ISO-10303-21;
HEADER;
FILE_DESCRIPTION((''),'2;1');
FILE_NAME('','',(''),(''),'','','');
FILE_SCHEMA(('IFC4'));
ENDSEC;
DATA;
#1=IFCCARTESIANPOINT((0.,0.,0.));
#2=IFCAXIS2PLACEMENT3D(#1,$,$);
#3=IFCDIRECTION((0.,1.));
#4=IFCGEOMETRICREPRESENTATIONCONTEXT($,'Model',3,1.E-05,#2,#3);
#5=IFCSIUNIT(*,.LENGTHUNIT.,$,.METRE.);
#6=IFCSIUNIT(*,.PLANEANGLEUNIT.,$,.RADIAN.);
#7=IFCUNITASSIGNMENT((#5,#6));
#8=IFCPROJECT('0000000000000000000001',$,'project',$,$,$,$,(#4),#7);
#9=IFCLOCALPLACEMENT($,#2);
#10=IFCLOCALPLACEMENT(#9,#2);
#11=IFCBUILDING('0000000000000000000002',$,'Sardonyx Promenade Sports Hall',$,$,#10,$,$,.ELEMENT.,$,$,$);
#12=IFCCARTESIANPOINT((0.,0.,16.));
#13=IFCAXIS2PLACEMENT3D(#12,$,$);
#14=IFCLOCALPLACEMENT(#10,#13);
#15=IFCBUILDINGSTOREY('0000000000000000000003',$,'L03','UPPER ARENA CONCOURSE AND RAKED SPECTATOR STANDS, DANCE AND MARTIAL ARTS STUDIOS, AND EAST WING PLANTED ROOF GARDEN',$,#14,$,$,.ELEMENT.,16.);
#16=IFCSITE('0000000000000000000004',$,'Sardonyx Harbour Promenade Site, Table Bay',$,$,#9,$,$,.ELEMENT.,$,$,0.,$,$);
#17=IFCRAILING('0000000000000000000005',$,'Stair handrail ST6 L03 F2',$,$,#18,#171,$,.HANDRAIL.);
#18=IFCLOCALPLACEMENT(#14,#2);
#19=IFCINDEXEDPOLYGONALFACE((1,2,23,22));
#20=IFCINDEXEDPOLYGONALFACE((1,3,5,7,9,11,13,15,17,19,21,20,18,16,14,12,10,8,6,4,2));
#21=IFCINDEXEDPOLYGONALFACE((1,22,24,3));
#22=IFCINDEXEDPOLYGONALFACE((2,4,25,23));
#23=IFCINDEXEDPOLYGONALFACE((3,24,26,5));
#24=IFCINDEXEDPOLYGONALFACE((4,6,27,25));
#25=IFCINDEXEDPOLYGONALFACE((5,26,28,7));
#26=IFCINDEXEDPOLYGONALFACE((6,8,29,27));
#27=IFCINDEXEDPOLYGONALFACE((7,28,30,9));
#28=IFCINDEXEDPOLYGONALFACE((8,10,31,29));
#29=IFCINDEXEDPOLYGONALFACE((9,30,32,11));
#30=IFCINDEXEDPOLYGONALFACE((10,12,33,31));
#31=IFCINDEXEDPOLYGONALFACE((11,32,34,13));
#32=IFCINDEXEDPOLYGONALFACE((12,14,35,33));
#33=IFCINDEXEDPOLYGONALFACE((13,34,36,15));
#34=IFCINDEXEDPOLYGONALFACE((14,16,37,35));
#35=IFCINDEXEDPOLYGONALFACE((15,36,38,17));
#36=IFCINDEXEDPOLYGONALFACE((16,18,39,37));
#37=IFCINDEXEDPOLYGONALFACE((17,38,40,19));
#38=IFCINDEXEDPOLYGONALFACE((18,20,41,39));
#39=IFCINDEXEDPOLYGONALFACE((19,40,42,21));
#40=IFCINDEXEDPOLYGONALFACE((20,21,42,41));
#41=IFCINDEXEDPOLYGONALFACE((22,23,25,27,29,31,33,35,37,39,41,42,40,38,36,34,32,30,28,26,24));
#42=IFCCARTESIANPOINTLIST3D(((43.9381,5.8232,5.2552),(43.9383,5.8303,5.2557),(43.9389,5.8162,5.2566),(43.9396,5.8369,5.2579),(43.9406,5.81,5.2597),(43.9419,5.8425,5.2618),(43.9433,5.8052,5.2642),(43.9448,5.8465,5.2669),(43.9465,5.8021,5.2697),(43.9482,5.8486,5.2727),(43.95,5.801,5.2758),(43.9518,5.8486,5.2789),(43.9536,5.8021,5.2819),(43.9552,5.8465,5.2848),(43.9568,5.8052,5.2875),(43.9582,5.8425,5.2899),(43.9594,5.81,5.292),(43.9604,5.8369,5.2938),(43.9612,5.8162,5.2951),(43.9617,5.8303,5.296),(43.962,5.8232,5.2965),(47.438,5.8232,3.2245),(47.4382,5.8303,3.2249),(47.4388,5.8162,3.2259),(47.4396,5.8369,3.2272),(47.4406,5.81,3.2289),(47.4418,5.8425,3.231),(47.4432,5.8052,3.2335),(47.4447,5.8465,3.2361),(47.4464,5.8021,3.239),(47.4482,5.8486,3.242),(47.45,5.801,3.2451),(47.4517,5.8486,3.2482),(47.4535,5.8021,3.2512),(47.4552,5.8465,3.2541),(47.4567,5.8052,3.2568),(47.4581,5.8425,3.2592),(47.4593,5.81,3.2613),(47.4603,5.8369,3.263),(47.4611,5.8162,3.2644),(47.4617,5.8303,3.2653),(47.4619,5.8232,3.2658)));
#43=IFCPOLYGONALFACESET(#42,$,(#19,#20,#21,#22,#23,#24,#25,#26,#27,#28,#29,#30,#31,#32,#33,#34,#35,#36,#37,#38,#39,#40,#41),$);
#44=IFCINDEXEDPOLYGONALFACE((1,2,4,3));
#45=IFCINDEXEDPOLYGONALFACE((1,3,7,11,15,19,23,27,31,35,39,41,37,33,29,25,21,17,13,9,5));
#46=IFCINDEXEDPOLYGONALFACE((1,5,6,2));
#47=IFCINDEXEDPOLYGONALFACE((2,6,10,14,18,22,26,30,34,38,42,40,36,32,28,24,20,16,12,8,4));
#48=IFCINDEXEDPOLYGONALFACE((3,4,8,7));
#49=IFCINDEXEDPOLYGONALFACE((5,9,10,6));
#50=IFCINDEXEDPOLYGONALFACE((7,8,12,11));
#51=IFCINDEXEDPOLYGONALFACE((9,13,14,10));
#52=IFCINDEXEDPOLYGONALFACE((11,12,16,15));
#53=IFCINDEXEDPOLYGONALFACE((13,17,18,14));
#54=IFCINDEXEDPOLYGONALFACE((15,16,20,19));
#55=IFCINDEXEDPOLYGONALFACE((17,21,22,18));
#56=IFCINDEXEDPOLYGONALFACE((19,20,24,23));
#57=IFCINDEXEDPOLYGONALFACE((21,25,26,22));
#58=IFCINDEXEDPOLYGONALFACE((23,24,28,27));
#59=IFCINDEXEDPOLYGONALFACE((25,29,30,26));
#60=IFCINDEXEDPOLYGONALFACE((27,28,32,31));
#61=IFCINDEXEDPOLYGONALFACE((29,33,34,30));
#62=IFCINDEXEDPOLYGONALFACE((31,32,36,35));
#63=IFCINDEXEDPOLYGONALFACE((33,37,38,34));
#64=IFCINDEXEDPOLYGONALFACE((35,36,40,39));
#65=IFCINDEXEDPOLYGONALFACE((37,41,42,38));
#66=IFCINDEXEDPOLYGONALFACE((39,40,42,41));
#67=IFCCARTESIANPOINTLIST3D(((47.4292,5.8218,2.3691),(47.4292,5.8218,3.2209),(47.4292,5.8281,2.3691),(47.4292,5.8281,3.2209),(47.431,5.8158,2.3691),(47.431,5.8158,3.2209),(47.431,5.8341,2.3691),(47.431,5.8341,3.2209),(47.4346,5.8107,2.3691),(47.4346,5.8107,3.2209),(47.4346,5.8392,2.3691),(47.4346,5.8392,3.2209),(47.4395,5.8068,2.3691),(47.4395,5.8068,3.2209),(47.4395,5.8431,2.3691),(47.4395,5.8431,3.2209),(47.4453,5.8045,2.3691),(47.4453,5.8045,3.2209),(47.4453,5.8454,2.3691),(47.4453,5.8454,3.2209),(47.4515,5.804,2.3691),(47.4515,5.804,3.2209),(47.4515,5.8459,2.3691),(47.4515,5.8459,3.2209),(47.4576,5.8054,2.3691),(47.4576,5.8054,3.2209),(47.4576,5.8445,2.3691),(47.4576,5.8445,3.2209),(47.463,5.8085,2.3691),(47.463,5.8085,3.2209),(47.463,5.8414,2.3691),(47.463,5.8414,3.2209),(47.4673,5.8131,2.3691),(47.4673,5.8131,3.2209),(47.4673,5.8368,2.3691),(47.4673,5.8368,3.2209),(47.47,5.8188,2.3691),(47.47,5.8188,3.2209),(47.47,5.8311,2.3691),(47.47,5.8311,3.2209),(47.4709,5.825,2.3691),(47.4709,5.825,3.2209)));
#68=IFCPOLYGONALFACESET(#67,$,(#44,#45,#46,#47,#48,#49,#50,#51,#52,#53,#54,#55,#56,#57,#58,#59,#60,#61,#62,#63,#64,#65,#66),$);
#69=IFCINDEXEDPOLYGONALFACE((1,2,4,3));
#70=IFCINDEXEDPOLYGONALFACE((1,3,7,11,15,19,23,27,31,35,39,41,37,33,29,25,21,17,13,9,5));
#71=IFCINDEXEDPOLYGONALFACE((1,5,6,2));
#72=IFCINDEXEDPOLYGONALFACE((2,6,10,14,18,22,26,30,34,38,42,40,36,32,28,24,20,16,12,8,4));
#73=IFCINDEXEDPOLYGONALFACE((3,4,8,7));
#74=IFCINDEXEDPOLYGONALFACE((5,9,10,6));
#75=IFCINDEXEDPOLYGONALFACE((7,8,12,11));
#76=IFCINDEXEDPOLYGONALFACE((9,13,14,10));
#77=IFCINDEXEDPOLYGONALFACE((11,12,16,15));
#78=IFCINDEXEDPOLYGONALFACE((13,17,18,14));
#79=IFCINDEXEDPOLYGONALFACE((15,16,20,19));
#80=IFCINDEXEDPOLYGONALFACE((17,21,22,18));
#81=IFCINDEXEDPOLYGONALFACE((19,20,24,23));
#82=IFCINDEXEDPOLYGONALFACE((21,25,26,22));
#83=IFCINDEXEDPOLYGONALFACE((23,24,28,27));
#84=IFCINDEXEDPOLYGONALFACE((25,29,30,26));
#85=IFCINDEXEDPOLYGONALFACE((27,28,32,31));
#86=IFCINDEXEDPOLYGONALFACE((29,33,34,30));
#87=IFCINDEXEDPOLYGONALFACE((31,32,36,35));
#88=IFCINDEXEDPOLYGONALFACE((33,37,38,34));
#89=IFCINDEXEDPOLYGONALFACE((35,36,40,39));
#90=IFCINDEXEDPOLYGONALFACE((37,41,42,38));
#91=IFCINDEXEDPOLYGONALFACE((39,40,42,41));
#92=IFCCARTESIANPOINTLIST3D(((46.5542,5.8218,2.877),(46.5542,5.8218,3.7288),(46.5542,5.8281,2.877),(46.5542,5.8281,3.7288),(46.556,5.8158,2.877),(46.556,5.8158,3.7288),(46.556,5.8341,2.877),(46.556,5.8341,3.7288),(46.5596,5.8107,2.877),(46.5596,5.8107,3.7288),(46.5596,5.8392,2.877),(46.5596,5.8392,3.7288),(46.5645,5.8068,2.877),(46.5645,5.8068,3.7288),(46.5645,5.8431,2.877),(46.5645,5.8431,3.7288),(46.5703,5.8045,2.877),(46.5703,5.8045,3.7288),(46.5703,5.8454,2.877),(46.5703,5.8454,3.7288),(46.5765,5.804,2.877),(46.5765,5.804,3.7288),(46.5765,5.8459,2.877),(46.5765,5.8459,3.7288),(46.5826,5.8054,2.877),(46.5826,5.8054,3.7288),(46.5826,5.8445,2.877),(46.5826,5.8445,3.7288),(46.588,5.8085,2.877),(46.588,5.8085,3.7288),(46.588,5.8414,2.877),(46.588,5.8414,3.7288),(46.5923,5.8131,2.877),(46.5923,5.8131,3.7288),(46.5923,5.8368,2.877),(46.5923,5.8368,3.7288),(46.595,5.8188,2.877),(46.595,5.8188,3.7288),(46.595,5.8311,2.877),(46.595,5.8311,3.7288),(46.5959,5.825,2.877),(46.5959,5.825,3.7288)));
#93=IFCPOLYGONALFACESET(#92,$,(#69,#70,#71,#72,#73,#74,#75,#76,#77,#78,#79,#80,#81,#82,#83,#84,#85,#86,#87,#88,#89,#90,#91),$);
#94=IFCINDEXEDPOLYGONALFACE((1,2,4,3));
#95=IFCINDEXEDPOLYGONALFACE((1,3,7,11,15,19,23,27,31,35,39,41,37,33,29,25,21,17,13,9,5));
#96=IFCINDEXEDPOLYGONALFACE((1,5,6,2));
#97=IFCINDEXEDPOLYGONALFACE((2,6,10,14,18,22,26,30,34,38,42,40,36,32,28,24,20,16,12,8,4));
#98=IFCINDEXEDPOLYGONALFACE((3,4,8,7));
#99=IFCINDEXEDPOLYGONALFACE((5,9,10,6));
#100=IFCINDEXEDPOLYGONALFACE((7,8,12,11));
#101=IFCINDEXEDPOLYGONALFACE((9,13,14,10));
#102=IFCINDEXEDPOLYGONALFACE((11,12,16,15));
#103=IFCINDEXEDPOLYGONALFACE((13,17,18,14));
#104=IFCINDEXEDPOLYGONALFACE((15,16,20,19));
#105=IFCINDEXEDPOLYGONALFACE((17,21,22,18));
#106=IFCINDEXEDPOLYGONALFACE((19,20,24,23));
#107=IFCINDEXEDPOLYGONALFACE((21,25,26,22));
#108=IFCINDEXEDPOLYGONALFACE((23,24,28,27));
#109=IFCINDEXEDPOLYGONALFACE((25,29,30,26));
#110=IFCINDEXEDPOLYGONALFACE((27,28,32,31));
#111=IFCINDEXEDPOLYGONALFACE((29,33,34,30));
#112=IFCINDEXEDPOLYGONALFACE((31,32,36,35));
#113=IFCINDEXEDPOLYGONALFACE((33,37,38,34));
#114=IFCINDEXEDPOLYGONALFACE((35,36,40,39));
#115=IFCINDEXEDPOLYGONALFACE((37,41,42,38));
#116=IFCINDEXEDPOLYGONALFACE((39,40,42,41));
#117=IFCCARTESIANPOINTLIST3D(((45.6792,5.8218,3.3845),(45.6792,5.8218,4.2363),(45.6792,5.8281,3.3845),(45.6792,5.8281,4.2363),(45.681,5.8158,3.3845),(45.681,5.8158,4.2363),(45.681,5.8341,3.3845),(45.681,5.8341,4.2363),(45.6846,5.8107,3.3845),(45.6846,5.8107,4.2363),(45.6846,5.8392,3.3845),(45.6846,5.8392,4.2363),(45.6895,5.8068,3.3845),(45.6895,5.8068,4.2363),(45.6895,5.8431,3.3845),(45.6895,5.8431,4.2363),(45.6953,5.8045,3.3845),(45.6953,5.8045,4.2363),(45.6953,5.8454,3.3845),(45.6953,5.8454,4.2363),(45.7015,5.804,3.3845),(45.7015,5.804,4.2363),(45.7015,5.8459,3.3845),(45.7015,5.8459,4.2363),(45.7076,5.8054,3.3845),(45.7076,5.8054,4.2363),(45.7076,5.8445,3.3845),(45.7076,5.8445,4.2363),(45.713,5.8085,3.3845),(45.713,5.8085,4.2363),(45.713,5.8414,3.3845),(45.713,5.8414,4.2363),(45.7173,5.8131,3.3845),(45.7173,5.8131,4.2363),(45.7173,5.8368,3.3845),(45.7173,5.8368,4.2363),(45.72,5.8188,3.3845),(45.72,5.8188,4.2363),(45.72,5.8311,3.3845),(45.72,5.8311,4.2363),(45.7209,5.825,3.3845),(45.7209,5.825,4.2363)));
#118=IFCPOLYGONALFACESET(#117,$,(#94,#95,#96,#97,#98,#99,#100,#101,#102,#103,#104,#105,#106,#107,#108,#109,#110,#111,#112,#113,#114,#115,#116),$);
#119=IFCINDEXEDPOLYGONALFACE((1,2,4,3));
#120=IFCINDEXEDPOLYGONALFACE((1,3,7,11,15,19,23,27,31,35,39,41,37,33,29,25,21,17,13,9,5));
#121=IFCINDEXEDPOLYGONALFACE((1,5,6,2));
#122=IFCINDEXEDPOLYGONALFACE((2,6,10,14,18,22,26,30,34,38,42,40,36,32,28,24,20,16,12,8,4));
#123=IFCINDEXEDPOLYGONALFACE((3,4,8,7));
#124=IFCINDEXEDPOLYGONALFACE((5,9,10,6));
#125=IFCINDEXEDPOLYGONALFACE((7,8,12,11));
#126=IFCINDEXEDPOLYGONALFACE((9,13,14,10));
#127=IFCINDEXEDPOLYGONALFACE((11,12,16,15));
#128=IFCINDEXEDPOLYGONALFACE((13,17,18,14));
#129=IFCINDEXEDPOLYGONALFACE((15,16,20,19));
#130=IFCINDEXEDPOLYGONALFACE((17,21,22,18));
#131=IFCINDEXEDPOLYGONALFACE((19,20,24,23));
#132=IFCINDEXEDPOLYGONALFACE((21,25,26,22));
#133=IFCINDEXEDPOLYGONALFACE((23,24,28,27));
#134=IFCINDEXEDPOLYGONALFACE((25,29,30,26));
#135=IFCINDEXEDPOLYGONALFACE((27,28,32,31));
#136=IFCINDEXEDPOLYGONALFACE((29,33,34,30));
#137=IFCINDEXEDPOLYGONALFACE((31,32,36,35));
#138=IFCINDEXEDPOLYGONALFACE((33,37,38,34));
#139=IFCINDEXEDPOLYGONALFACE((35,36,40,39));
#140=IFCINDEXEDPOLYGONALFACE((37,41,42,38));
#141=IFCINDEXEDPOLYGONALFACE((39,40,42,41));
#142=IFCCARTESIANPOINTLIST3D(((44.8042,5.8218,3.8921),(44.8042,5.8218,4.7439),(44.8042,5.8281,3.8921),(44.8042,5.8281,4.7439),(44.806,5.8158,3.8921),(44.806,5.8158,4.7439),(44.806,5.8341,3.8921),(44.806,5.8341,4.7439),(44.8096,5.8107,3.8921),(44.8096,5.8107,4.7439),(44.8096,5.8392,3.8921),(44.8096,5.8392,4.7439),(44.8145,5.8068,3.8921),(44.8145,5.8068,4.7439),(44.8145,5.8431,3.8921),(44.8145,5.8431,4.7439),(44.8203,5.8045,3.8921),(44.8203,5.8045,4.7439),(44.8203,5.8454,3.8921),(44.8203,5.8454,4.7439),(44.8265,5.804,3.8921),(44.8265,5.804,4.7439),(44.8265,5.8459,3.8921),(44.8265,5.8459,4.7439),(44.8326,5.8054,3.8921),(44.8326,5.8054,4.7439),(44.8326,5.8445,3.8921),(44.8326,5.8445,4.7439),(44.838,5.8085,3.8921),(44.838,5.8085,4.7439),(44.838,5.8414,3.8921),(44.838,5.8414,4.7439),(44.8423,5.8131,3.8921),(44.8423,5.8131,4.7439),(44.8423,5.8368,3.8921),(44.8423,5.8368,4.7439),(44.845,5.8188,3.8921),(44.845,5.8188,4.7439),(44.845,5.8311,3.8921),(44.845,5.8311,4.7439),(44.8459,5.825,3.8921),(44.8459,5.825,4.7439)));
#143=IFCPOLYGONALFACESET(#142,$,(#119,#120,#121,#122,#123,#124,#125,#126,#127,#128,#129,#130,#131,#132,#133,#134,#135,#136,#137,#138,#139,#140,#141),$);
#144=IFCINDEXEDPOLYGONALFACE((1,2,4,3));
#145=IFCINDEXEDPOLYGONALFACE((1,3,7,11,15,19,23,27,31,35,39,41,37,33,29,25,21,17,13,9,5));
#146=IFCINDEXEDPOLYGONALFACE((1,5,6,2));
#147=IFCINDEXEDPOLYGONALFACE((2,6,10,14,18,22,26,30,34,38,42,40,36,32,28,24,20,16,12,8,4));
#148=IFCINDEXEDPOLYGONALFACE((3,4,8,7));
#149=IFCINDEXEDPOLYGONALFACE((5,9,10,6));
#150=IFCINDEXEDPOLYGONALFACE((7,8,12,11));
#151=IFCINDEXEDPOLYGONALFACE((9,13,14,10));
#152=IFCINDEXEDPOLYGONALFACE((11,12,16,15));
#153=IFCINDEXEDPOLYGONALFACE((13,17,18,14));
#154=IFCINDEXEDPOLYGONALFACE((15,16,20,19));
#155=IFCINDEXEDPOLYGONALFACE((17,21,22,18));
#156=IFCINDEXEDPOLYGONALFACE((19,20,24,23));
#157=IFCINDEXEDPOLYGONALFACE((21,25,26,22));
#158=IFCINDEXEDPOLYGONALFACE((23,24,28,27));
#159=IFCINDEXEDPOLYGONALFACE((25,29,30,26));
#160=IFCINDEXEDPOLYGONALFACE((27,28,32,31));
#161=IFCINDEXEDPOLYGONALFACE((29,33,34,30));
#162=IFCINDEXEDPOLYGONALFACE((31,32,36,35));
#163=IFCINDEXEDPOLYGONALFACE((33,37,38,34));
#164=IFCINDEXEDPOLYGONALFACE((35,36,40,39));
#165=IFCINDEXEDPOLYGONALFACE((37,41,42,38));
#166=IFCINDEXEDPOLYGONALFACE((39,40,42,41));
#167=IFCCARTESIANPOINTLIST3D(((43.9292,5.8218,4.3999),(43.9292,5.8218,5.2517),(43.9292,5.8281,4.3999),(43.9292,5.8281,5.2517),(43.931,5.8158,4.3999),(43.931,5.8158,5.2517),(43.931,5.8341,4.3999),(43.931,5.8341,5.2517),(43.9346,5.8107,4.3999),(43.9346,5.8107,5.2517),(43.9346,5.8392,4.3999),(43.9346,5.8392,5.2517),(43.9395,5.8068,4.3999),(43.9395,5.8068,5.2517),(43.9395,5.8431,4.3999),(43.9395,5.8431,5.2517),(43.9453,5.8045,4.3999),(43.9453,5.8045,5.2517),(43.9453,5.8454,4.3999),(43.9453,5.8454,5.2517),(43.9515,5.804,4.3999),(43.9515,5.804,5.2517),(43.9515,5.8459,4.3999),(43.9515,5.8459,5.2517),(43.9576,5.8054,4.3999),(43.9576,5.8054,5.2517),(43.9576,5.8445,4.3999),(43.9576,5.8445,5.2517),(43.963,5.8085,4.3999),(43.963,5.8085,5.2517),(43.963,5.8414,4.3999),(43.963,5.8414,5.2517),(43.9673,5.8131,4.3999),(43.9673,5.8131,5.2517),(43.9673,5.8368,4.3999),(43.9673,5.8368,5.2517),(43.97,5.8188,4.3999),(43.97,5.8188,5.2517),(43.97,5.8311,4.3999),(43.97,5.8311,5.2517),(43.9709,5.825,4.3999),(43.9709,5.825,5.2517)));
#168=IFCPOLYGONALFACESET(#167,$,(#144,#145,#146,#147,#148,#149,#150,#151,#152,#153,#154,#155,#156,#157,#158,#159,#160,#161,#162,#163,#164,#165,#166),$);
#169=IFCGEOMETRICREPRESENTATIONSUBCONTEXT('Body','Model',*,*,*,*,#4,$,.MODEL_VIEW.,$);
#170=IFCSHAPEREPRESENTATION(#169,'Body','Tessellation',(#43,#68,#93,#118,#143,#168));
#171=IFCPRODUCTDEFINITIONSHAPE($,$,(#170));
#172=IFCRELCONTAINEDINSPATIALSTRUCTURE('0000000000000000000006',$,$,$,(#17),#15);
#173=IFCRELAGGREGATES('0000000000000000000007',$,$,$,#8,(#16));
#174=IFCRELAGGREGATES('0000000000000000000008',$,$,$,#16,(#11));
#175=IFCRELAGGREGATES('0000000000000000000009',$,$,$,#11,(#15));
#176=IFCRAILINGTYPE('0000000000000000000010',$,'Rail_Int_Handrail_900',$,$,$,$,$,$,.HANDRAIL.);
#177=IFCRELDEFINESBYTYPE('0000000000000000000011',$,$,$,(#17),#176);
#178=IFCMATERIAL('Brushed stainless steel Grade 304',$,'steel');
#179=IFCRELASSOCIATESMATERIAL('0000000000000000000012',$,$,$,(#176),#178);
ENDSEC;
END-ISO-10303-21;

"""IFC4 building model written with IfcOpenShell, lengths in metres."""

from ifc_helpers import new_model, si_unit, direction, frame, origin, origin_2d, place, context, subcontext, project, spatial, circle, extrude, material, type_object, element, save


model = new_model("IFC4")

# Units and contexts
model_context = context("Model", 3, precision=1e-05, world=origin(), true_north=direction((0.0, 1.0)))
body_context = subcontext(model_context, "Body", "Model", "MODEL_VIEW")
ifc_project = project(units=[si_unit("LENGTHUNIT", "METRE"), si_unit("PLANEANGLEUNIT", "RADIAN")], contexts=[model_context])

# Site, building, storey
site_placement = place(None, origin())
site = spatial("IfcSite", under=ifc_project, at=site_placement, Name="Sardonyx Harbour Promenade Site, Table Bay", CompositionType="ELEMENT", RefElevation=0.0)
building_placement = place(site_placement, origin())
building = spatial("IfcBuilding", under=site, at=building_placement, Name="Sardonyx Promenade Sports Hall", CompositionType="ELEMENT")
storey_placement = place(building_placement, frame((0.0, 0.0, 16.0)))
storey = spatial("IfcBuildingStorey", under=building, at=storey_placement, Name="L03", Description="UPPER ARENA CONCOURSE AND RAKED SPECTATOR STANDS, DANCE AND MARTIAL ARTS STUDIOS, AND EAST WING PLANTED ROOF GARDEN", CompositionType="ELEMENT", Elevation=16.0)

# Railing
ifc_material_1 = material(Name="Brushed stainless steel Grade 304", Category="steel")
railing_type_1 = type_object("IfcRailingType", Name="Rail_Int_Handrail_900", PredefinedType="HANDRAIL", material=ifc_material_1)
railing_1_placement = place(storey_placement, frame((47.45, 5.825, 2.3691)))
element("IfcRailing", 1, at=railing_1_placement, inside=storey, type_object=railing_type_1, Name="Stair handrail ST6 L03 F2", PredefinedType="HANDRAIL", context=body_context, shape_type="SweptSolid", body=[
    extrude(circle(Radius=0.0239, at=origin_2d()), frame((0.0, 0.0, 0.876), z_axis=(-0.864949, 0.0, 0.501859), x_axis=(0.0, -1.0, 0.0)), (0.0, 0.0, 1.0), 4.0464),
    extrude(circle(Radius=0.021, at=origin_2d()), origin(), (0.0, 0.0, 1.0), 0.8518),
    extrude(circle(Radius=0.021, at=origin_2d()), frame((-0.875, 0.0, 0.5078)), (0.0, 0.0, 1.0), 0.8518),
    extrude(circle(Radius=0.021, at=origin_2d()), frame((-1.75, 0.0, 1.0154)), (0.0, 0.0, 1.0), 0.8518),
    extrude(circle(Radius=0.021, at=origin_2d()), frame((-2.625, 0.0, 1.5229)), (0.0, 0.0, 1.0), 0.8518),
    extrude(circle(Radius=0.021, at=origin_2d()), frame((-3.5, 0.0, 2.0308)), (0.0, 0.0, 1.0), 0.8518),
])

save(model, "model.ifc")
